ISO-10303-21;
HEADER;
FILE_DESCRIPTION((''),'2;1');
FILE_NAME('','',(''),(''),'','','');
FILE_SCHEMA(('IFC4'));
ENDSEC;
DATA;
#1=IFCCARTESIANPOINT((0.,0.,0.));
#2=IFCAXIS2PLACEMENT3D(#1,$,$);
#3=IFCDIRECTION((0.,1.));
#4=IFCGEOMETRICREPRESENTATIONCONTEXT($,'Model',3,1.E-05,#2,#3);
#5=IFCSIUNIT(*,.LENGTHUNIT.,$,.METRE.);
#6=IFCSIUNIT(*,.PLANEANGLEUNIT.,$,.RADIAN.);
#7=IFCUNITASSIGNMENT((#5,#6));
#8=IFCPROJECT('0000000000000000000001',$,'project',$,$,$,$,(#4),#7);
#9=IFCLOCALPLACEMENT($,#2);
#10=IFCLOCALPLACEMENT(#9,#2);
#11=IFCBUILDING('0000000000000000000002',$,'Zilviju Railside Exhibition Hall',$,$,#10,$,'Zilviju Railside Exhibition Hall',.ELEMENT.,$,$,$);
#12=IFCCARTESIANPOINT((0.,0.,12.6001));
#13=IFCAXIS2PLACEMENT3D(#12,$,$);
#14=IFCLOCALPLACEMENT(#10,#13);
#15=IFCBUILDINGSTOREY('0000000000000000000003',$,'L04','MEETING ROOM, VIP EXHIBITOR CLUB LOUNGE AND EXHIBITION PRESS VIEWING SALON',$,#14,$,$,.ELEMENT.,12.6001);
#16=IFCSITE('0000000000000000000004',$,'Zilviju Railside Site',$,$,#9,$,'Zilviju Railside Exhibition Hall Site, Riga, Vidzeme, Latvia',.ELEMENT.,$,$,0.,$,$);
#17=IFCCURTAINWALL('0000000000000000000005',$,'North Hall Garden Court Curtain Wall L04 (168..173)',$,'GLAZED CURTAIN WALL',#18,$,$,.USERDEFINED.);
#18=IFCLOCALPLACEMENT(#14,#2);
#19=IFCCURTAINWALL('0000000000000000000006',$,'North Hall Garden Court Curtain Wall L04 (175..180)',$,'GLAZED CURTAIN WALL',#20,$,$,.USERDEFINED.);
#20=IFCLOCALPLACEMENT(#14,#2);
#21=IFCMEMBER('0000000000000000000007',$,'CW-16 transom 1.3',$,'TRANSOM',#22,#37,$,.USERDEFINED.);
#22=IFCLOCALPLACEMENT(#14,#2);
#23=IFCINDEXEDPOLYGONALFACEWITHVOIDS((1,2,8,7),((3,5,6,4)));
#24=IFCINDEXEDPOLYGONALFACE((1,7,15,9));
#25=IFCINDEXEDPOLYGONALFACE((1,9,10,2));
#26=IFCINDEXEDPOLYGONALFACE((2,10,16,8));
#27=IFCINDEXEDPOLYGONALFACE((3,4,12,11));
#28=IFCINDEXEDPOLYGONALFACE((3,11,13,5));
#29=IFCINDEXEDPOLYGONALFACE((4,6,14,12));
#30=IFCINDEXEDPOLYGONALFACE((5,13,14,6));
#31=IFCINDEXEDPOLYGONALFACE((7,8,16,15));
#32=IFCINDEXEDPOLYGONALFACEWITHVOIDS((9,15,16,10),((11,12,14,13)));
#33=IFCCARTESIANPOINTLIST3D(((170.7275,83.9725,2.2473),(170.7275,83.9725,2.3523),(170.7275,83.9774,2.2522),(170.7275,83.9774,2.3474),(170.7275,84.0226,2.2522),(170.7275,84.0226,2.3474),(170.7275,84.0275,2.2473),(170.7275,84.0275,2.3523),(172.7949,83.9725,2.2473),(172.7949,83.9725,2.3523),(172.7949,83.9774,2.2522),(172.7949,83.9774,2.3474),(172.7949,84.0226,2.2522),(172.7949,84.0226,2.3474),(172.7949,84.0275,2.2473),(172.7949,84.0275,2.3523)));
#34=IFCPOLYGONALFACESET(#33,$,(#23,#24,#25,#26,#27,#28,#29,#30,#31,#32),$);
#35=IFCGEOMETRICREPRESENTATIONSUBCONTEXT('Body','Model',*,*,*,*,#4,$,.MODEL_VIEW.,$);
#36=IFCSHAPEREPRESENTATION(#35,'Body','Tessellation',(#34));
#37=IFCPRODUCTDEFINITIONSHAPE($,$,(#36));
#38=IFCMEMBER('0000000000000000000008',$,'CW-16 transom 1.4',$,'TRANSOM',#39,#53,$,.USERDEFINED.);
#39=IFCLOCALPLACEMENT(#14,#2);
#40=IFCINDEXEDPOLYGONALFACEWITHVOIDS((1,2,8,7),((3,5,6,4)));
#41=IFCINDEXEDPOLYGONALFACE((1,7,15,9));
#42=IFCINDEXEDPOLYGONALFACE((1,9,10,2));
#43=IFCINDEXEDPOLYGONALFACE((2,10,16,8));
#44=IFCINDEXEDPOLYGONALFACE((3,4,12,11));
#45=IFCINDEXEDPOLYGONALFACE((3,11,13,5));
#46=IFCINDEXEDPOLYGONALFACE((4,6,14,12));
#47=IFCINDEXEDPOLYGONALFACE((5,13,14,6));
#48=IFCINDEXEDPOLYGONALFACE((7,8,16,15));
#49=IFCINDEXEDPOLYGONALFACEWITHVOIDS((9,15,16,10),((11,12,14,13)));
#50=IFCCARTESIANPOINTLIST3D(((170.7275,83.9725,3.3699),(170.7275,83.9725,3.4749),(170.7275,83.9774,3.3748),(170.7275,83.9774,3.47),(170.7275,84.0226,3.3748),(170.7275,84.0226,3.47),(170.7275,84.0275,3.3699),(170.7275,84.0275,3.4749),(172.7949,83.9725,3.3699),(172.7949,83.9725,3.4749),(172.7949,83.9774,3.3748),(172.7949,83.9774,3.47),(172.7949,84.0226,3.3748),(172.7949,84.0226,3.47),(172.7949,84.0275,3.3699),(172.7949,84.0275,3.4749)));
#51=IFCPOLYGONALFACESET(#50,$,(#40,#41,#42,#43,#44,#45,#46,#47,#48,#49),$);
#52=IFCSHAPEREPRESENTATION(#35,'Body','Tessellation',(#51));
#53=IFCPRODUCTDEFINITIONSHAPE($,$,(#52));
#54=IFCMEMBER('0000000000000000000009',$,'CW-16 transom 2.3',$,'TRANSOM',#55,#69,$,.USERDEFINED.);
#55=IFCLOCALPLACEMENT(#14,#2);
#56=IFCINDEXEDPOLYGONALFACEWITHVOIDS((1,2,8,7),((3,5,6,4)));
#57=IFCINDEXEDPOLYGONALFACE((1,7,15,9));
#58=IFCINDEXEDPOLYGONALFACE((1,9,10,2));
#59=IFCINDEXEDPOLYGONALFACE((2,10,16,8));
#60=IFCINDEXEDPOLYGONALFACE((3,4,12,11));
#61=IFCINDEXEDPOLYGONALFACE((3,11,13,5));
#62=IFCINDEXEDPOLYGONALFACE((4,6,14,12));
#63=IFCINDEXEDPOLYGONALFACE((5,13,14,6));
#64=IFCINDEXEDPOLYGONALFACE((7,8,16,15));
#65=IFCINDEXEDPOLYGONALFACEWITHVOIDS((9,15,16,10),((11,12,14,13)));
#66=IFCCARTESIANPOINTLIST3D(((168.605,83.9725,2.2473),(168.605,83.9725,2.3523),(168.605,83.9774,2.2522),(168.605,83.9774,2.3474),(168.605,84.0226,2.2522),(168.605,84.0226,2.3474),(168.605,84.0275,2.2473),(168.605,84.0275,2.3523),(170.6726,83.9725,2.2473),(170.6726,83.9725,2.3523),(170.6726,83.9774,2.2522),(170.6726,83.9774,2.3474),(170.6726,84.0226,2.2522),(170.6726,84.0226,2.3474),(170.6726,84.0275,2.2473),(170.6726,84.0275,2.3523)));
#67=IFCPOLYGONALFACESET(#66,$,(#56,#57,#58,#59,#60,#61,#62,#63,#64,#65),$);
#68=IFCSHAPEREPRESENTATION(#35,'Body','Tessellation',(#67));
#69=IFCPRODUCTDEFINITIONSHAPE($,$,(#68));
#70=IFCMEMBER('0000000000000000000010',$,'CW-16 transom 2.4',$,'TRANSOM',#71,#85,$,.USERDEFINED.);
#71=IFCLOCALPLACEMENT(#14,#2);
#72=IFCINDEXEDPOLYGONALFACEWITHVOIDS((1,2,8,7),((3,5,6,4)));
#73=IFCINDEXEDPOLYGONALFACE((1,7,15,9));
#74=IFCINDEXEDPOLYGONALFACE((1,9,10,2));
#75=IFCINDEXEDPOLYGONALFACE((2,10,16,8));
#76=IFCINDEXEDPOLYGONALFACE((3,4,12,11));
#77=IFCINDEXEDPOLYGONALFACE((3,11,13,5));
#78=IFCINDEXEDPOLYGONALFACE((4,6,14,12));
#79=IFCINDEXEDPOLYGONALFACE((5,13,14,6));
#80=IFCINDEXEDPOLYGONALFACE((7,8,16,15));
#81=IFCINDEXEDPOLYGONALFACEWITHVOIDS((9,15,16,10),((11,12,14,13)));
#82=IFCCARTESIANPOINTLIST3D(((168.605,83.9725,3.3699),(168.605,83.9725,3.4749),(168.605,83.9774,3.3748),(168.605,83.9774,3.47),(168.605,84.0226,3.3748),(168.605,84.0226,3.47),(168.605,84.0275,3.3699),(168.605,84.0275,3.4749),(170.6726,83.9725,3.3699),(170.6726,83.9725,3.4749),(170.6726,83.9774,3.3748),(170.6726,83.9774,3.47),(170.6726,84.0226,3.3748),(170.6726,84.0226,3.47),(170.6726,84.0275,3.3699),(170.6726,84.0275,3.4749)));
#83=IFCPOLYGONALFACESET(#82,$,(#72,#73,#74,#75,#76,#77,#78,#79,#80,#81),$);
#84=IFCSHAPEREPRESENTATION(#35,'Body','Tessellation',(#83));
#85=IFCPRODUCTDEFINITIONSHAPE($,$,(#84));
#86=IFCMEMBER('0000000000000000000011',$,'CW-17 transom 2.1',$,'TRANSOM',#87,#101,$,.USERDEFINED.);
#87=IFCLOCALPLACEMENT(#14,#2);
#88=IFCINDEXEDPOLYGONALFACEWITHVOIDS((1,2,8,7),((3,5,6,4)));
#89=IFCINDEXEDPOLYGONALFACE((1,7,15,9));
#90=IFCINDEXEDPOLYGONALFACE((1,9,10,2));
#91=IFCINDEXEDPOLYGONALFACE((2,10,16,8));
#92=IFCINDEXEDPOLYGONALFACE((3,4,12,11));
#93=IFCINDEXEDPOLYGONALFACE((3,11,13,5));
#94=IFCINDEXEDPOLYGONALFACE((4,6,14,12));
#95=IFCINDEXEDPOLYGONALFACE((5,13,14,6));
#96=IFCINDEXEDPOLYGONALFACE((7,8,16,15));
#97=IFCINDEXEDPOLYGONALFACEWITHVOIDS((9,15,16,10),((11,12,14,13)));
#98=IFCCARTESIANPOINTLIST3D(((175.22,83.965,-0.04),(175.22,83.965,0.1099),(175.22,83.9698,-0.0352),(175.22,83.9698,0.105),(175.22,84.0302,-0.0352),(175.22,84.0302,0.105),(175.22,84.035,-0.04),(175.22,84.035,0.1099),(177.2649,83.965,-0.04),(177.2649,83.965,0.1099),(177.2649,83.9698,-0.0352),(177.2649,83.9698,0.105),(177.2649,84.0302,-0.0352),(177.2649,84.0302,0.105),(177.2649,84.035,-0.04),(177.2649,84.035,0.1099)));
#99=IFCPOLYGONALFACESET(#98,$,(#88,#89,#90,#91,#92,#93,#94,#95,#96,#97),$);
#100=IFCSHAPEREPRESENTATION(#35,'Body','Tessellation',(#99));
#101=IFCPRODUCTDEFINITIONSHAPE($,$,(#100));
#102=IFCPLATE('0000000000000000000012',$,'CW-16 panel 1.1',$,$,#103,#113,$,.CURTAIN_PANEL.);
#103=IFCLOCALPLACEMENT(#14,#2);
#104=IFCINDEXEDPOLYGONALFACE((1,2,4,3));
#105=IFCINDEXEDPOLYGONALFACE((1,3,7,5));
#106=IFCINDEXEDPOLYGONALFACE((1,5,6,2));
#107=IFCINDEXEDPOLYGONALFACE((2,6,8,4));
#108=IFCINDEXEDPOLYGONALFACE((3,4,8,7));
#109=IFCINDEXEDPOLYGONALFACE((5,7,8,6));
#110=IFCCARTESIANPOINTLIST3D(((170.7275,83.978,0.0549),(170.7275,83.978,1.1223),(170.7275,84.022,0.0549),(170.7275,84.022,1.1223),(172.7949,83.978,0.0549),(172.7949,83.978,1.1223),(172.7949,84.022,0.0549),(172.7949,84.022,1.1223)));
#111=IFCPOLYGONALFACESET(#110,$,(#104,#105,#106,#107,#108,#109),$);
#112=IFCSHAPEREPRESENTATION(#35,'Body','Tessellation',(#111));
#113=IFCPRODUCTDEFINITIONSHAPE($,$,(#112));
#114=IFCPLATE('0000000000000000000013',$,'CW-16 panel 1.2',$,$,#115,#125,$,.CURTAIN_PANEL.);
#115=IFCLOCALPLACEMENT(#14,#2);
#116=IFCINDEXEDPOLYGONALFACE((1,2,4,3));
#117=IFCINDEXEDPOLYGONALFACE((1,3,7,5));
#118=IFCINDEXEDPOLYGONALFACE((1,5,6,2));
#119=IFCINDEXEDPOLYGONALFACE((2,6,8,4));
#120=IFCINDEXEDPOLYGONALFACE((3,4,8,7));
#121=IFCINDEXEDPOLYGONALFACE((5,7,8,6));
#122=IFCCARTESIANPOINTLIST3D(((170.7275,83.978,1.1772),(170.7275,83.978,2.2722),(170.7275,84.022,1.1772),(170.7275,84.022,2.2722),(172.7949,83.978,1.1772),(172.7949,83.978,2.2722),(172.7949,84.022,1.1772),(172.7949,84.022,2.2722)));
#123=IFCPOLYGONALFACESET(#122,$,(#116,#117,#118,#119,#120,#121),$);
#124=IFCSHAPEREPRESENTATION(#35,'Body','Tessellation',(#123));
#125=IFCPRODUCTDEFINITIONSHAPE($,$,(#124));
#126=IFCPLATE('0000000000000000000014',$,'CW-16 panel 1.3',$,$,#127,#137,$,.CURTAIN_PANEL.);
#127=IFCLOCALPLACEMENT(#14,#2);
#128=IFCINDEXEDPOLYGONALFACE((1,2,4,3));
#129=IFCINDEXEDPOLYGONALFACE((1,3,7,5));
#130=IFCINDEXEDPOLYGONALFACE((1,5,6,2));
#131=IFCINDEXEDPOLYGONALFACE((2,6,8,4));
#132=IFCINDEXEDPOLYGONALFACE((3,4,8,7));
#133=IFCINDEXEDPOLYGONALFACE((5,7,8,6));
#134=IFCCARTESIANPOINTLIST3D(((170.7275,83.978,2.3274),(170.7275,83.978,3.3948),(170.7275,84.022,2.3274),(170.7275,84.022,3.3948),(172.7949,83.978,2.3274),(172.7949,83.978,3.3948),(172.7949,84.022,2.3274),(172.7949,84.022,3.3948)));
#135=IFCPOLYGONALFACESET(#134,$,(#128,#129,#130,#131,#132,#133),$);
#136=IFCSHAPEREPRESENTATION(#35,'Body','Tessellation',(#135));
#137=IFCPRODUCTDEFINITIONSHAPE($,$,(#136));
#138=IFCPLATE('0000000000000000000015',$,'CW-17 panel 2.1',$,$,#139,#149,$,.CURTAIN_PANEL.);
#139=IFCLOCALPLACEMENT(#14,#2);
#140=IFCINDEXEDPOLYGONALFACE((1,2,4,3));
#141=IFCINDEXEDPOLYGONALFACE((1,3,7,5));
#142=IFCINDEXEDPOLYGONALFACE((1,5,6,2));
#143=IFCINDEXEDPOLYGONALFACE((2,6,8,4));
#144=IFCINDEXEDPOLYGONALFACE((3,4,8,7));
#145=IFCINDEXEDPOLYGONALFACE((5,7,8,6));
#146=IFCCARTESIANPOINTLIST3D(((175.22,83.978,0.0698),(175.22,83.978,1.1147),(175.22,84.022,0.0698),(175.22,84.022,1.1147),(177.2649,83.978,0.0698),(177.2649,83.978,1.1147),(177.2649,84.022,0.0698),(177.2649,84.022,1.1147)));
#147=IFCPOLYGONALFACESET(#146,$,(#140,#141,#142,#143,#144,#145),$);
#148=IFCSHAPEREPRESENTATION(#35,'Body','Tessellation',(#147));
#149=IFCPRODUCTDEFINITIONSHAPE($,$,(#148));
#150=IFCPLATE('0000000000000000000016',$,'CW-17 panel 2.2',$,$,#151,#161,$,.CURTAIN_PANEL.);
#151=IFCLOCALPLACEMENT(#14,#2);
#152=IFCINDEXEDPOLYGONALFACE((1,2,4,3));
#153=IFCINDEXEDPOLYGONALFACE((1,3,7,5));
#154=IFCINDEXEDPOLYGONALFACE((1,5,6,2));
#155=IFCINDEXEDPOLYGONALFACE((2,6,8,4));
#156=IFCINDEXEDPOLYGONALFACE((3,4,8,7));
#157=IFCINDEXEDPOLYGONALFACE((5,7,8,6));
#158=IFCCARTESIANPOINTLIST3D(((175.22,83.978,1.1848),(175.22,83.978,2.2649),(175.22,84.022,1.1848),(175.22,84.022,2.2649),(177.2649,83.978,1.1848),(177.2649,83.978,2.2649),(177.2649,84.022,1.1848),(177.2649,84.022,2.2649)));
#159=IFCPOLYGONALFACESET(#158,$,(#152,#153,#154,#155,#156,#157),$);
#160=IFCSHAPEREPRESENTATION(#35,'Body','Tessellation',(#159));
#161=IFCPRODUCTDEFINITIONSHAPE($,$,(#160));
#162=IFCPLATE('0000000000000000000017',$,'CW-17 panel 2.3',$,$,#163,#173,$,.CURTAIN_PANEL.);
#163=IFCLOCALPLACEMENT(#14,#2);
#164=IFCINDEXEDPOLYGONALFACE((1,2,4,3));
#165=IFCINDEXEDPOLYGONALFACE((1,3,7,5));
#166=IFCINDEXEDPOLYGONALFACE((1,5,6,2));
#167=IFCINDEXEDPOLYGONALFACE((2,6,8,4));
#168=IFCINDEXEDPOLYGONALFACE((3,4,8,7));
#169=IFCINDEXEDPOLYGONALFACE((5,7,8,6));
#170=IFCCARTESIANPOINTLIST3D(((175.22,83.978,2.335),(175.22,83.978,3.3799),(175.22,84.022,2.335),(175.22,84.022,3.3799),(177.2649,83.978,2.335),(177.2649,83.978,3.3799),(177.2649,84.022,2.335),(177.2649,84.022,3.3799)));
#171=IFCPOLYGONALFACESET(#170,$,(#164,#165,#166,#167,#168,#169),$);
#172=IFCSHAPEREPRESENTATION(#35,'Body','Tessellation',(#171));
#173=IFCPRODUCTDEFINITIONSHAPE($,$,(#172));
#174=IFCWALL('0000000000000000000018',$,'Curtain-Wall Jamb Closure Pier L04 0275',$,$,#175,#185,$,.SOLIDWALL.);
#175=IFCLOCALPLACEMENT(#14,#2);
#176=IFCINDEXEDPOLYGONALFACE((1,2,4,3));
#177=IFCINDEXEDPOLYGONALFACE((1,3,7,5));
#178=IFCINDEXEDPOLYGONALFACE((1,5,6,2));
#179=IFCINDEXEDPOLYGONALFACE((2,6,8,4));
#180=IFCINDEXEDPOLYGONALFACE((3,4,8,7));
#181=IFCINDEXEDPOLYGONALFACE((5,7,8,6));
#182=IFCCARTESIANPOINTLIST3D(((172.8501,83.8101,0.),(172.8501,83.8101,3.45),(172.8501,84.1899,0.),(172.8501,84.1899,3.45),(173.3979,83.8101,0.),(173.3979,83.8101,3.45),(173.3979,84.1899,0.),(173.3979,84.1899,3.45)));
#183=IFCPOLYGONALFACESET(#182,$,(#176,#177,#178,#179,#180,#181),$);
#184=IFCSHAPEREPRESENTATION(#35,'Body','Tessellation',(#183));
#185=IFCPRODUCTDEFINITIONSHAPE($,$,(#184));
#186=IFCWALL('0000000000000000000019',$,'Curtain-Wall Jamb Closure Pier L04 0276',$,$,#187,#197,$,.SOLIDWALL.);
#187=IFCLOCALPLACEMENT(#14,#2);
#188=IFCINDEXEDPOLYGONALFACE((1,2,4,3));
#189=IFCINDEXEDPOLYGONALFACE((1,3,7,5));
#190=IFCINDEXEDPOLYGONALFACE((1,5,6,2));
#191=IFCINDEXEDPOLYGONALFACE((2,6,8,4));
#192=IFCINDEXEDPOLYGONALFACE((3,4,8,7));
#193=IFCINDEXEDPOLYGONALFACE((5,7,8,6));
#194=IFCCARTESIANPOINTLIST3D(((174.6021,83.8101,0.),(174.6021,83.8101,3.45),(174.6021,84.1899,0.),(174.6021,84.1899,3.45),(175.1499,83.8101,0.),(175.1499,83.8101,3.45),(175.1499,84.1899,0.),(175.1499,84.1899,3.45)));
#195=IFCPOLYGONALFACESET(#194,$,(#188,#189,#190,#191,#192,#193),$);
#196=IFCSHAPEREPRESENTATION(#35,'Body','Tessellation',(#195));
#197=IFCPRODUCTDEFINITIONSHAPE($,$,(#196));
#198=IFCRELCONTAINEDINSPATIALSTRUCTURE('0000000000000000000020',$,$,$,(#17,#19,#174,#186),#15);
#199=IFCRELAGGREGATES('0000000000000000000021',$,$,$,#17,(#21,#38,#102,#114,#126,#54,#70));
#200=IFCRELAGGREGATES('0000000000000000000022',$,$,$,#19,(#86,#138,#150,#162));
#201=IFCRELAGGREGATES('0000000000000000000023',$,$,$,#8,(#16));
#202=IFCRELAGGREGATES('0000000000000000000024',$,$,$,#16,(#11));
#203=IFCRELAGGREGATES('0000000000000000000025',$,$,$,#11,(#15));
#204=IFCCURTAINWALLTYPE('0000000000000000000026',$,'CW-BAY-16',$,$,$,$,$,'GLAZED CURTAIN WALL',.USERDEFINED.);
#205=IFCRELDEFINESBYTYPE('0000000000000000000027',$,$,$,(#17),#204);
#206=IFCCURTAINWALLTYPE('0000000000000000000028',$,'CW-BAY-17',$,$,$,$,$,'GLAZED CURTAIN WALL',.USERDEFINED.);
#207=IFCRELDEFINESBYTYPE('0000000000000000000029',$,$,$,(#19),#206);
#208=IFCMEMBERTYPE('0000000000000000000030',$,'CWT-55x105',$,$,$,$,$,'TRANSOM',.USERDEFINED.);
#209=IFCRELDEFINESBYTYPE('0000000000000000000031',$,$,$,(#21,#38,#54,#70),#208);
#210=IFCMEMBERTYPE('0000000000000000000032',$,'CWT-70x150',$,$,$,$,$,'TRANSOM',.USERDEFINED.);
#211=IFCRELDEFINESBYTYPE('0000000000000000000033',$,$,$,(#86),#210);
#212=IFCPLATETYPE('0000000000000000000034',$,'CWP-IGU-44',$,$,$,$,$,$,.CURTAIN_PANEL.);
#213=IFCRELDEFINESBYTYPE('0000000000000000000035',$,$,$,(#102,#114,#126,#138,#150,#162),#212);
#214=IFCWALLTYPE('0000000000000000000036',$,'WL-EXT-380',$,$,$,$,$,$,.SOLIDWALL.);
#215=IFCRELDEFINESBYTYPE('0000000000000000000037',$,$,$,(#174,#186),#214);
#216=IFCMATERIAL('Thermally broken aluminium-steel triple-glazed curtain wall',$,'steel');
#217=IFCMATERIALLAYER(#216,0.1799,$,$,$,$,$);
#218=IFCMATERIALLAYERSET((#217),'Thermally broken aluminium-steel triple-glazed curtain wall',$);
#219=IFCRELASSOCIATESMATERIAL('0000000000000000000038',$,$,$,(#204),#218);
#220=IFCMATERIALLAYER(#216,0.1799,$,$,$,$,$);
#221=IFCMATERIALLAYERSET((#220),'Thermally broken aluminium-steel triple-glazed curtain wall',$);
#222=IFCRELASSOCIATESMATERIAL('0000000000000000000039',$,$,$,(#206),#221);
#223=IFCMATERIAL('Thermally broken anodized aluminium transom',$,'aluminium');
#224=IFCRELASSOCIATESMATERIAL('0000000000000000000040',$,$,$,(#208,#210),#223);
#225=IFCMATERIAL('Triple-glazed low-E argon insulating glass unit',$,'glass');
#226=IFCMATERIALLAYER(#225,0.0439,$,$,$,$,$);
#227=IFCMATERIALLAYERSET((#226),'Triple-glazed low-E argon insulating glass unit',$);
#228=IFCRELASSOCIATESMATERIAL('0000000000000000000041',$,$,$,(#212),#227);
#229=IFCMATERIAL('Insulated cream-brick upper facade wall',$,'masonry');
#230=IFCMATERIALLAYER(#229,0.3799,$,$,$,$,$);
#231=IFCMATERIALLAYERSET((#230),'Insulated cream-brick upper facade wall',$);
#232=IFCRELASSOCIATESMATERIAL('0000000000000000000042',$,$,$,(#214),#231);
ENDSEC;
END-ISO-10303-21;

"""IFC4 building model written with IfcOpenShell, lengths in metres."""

from ifc_helpers import new_model, si_unit, direction, frame, frame_2d, origin, origin_2d, place, context, subcontext, project, spatial, rectangle, hollow_rectangle, extrude, material, layer, layer_set, material_profile, profile_set, type_object, element, aggregate, save


model = new_model("IFC4")

# Units and contexts
model_context = context("Model", 3, precision=1e-05, world=origin(), true_north=direction((0.0, 1.0)))
body_context = subcontext(model_context, "Body", "Model", "MODEL_VIEW")
ifc_project = project(units=[si_unit("LENGTHUNIT", "METRE"), si_unit("PLANEANGLEUNIT", "RADIAN")], contexts=[model_context])

# Site, building, storey
site_placement = place(None, origin())
site = spatial("IfcSite", under=ifc_project, at=site_placement, Name="Zilviju Railside Site", LongName="Zilviju Railside Exhibition Hall Site, Riga, Vidzeme, Latvia", CompositionType="ELEMENT", RefElevation=0.0)
building_placement = place(site_placement, origin())
building = spatial("IfcBuilding", under=site, at=building_placement, Name="Zilviju Railside Exhibition Hall", LongName="Zilviju Railside Exhibition Hall", CompositionType="ELEMENT")
storey_placement = place(building_placement, frame((0.0, 0.0, 12.6001)))
storey = spatial("IfcBuildingStorey", under=building, at=storey_placement, Name="L04", Description="MEETING ROOM, VIP EXHIBITOR CLUB LOUNGE AND EXHIBITION PRESS VIEWING SALON", CompositionType="ELEMENT", Elevation=12.6001)

# Curtain wall
ifc_material_1 = material(Name="Thermally broken aluminium-steel triple-glazed curtain wall", Category="steel")
ifc_layer_1 = layer(ifc_material_1, 0.1799)
ifc_layer_set_1 = layer_set([ifc_layer_1], Name="Thermally broken aluminium-steel triple-glazed curtain wall")
curtain_wall_type_1 = type_object("IfcCurtainWallType", Name="CW-BAY-16", ElementType="GLAZED CURTAIN WALL", PredefinedType="USERDEFINED", material=ifc_layer_set_1)
curtain_wall_1_placement = place(storey_placement, origin())
curtain_wall_1 = element("IfcCurtainWall", 1, at=curtain_wall_1_placement, inside=storey, type_object=curtain_wall_type_1, Name="North Hall Garden Court Curtain Wall L04 (168..173)", ObjectType="GLAZED CURTAIN WALL", PredefinedType="USERDEFINED")

# Curtain wall
ifc_layer_2 = layer(ifc_material_1, 0.1799)
ifc_layer_set_2 = layer_set([ifc_layer_2], Name="Thermally broken aluminium-steel triple-glazed curtain wall")
curtain_wall_type_2 = type_object("IfcCurtainWallType", Name="CW-BAY-17", ElementType="GLAZED CURTAIN WALL", PredefinedType="USERDEFINED", material=ifc_layer_set_2)
curtain_wall_2_placement = place(storey_placement, origin())
curtain_wall_2 = element("IfcCurtainWall", 2, at=curtain_wall_2_placement, inside=storey, type_object=curtain_wall_type_2, Name="North Hall Garden Court Curtain Wall L04 (175..180)", ObjectType="GLAZED CURTAIN WALL", PredefinedType="USERDEFINED")

# Members
ifc_material_2 = material(Name="Thermally broken anodized aluminium transom", Category="aluminium")
ifc_material_profile_1 = material_profile(ifc_material_2, hollow_rectangle(XDim=0.0549, YDim=0.105, WallThickness=0.0049, at=origin_2d()), Name="TRANSOM 105x55x5")
ifc_profile_set_1 = profile_set([ifc_material_profile_1], Name="Thermally broken anodized aluminium transom")
member_type_1 = type_object("IfcMemberType", Name="CWT-55x105", ElementType="TRANSOM", PredefinedType="USERDEFINED", material=ifc_profile_set_1)
member_1_placement = place(storey_placement, frame((172.7949, 84.0, 2.2998), z_axis=(-1.0, 0.0, 0.0), x_axis=(0.0, -1.0, 0.0)))
member_1 = element("IfcMember", 3, at=member_1_placement, type_object=member_type_1, Name="CW-16 transom 1.3", ObjectType="TRANSOM", PredefinedType="USERDEFINED", context=body_context, shape_type="SweptSolid", body=[
    extrude(hollow_rectangle(XDim=0.0549, YDim=0.105, WallThickness=0.0049, at=origin_2d()), origin(), (0.0, 0.0, 1.0), 2.0674),
])
member_2_placement = place(storey_placement, frame((172.7949, 84.0, 3.4224), z_axis=(-1.0, 0.0, 0.0), x_axis=(0.0, -1.0, 0.0)))
member_2 = element("IfcMember", 4, at=member_2_placement, type_object=member_type_1, Name="CW-16 transom 1.4", ObjectType="TRANSOM", PredefinedType="USERDEFINED", context=body_context, shape_type="SweptSolid", body=[
    extrude(hollow_rectangle(XDim=0.0549, YDim=0.105, WallThickness=0.0049, at=origin_2d()), origin(), (0.0, 0.0, 1.0), 2.0674),
])
member_3_placement = place(storey_placement, frame((170.6726, 84.0, 2.2998), z_axis=(-1.0, 0.0, 0.0), x_axis=(0.0, -1.0, 0.0)))
member_3 = element("IfcMember", 5, at=member_3_placement, type_object=member_type_1, Name="CW-16 transom 2.3", ObjectType="TRANSOM", PredefinedType="USERDEFINED", context=body_context, shape_type="SweptSolid", body=[
    extrude(hollow_rectangle(XDim=0.0549, YDim=0.105, WallThickness=0.0049, at=origin_2d()), origin(), (0.0, 0.0, 1.0), 2.0676),
])
member_4_placement = place(storey_placement, frame((170.6726, 84.0, 3.4224), z_axis=(-1.0, 0.0, 0.0), x_axis=(0.0, -1.0, 0.0)))
member_4 = element("IfcMember", 6, at=member_4_placement, type_object=member_type_1, Name="CW-16 transom 2.4", ObjectType="TRANSOM", PredefinedType="USERDEFINED", context=body_context, shape_type="SweptSolid", body=[
    extrude(hollow_rectangle(XDim=0.0549, YDim=0.105, WallThickness=0.0049, at=origin_2d()), origin(), (0.0, 0.0, 1.0), 2.0676),
])
ifc_material_profile_2 = material_profile(ifc_material_2, hollow_rectangle(XDim=0.0701, YDim=0.1499, WallThickness=0.0049, at=origin_2d()), Name="TRANSOM 150x70x5")
ifc_profile_set_2 = profile_set([ifc_material_profile_2], Name="Thermally broken anodized aluminium transom")
member_type_2 = type_object("IfcMemberType", Name="CWT-70x150", ElementType="TRANSOM", PredefinedType="USERDEFINED", material=ifc_profile_set_2)
member_5_placement = place(storey_placement, frame((177.2649, 84.0, 0.0349), z_axis=(-1.0, 0.0, 0.0), x_axis=(0.0, -1.0, 0.0)))
member_5 = element("IfcMember", 7, at=member_5_placement, type_object=member_type_2, Name="CW-17 transom 2.1", ObjectType="TRANSOM", PredefinedType="USERDEFINED", context=body_context, shape_type="SweptSolid", body=[
    extrude(hollow_rectangle(XDim=0.0701, YDim=0.1499, WallThickness=0.0049, at=origin_2d()), origin(), (0.0, 0.0, 1.0), 2.0449),
])

# Plates
ifc_material_3 = material(Name="Triple-glazed low-E argon insulating glass unit", Category="glass")
ifc_layer_3 = layer(ifc_material_3, 0.0439)
ifc_layer_set_3 = layer_set([ifc_layer_3], Name="Triple-glazed low-E argon insulating glass unit")
plate_type = type_object("IfcPlateType", Name="CWP-IGU-44", PredefinedType="CURTAIN_PANEL", material=ifc_layer_set_3)
plate_1_placement = place(storey_placement, frame((171.7612, 84.0, 0.0549), z_axis=(0.0, 0.0, 1.0), x_axis=(-1.0, 0.0, 0.0)))
plate_1 = element("IfcPlate", 8, at=plate_1_placement, type_object=plate_type, Name="CW-16 panel 1.1", PredefinedType="CURTAIN_PANEL", context=body_context, shape_type="SweptSolid", body=[
    extrude(rectangle(XDim=2.0674, YDim=0.0439, at=origin_2d()), origin(), (0.0, 0.0, 1.0), 1.0674),
])
plate_2_placement = place(storey_placement, frame((171.7612, 84.0, 1.1772), z_axis=(0.0, 0.0, 1.0), x_axis=(-1.0, 0.0, 0.0)))
plate_2 = element("IfcPlate", 9, at=plate_2_placement, type_object=plate_type, Name="CW-16 panel 1.2", PredefinedType="CURTAIN_PANEL", context=body_context, shape_type="SweptSolid", body=[
    extrude(rectangle(XDim=2.0674, YDim=0.0439, at=origin_2d()), origin(), (0.0, 0.0, 1.0), 1.095),
])
plate_3_placement = place(storey_placement, frame((171.7612, 84.0, 2.3274), z_axis=(0.0, 0.0, 1.0), x_axis=(-1.0, 0.0, 0.0)))
plate_3 = element("IfcPlate", 10, at=plate_3_placement, type_object=plate_type, Name="CW-16 panel 1.3", PredefinedType="CURTAIN_PANEL", context=body_context, shape_type="SweptSolid", body=[
    extrude(rectangle(XDim=2.0674, YDim=0.0439, at=origin_2d()), origin(), (0.0, 0.0, 1.0), 1.0674),
])
aggregate(curtain_wall_1, [member_1, member_2, plate_1, plate_2, plate_3, member_3, member_4])
plate_4_placement = place(storey_placement, frame((176.2424, 84.0, 0.0698), z_axis=(0.0, 0.0, 1.0), x_axis=(-1.0, 0.0, 0.0)))
plate_4 = element("IfcPlate", 11, at=plate_4_placement, type_object=plate_type, Name="CW-17 panel 2.1", PredefinedType="CURTAIN_PANEL", context=body_context, shape_type="SweptSolid", body=[
    extrude(rectangle(XDim=2.0449, YDim=0.0439, at=origin_2d()), origin(), (0.0, 0.0, 1.0), 1.0449),
])
plate_5_placement = place(storey_placement, frame((176.2424, 84.0, 1.1848), z_axis=(0.0, 0.0, 1.0), x_axis=(-1.0, 0.0, 0.0)))
plate_5 = element("IfcPlate", 12, at=plate_5_placement, type_object=plate_type, Name="CW-17 panel 2.2", PredefinedType="CURTAIN_PANEL", context=body_context, shape_type="SweptSolid", body=[
    extrude(rectangle(XDim=2.0449, YDim=0.0439, at=origin_2d()), origin(), (0.0, 0.0, 1.0), 1.0801),
])
plate_6_placement = place(storey_placement, frame((176.2424, 84.0, 2.335), z_axis=(0.0, 0.0, 1.0), x_axis=(-1.0, 0.0, 0.0)))
plate_6 = element("IfcPlate", 13, at=plate_6_placement, type_object=plate_type, Name="CW-17 panel 2.3", PredefinedType="CURTAIN_PANEL", context=body_context, shape_type="SweptSolid", body=[
    extrude(rectangle(XDim=2.0449, YDim=0.0439, at=origin_2d()), origin(), (0.0, 0.0, 1.0), 1.0449),
])
aggregate(curtain_wall_2, [member_5, plate_4, plate_5, plate_6])

# Walls
ifc_material_4 = material(Name="Insulated cream-brick upper facade wall", Category="masonry")
ifc_layer_4 = layer(ifc_material_4, 0.3799)
ifc_layer_set_4 = layer_set([ifc_layer_4], Name="Insulated cream-brick upper facade wall")
wall_type = type_object("IfcWallType", Name="WL-EXT-380", PredefinedType="SOLIDWALL", material=ifc_layer_set_4)
for number, where, z_axis, x_axis, name in (
    (14, (173.3979, 84.0, 0.0), (0.0, 0.0, 1.0), (-1.0, 0.0, 0.0), "Curtain-Wall Jamb Closure Pier L04 0275"),
    (15, (175.1499, 84.0, 0.0), (0.0, 0.0, 1.0), (-1.0, 0.0, 0.0), "Curtain-Wall Jamb Closure Pier L04 0276"),
):
    element("IfcWall", number, at=place(storey_placement, frame(where, z_axis=z_axis, x_axis=x_axis)), inside=storey, type_object=wall_type, Name=name, PredefinedType="SOLIDWALL", context=body_context, shape_type="SweptSolid", body=[
        extrude(rectangle(XDim=0.5479, YDim=0.3799, at=frame_2d((0.2739, 0.0))), origin(), (0.0, 0.0, 1.0), 3.45),
    ])

save(model, "model.ifc")
